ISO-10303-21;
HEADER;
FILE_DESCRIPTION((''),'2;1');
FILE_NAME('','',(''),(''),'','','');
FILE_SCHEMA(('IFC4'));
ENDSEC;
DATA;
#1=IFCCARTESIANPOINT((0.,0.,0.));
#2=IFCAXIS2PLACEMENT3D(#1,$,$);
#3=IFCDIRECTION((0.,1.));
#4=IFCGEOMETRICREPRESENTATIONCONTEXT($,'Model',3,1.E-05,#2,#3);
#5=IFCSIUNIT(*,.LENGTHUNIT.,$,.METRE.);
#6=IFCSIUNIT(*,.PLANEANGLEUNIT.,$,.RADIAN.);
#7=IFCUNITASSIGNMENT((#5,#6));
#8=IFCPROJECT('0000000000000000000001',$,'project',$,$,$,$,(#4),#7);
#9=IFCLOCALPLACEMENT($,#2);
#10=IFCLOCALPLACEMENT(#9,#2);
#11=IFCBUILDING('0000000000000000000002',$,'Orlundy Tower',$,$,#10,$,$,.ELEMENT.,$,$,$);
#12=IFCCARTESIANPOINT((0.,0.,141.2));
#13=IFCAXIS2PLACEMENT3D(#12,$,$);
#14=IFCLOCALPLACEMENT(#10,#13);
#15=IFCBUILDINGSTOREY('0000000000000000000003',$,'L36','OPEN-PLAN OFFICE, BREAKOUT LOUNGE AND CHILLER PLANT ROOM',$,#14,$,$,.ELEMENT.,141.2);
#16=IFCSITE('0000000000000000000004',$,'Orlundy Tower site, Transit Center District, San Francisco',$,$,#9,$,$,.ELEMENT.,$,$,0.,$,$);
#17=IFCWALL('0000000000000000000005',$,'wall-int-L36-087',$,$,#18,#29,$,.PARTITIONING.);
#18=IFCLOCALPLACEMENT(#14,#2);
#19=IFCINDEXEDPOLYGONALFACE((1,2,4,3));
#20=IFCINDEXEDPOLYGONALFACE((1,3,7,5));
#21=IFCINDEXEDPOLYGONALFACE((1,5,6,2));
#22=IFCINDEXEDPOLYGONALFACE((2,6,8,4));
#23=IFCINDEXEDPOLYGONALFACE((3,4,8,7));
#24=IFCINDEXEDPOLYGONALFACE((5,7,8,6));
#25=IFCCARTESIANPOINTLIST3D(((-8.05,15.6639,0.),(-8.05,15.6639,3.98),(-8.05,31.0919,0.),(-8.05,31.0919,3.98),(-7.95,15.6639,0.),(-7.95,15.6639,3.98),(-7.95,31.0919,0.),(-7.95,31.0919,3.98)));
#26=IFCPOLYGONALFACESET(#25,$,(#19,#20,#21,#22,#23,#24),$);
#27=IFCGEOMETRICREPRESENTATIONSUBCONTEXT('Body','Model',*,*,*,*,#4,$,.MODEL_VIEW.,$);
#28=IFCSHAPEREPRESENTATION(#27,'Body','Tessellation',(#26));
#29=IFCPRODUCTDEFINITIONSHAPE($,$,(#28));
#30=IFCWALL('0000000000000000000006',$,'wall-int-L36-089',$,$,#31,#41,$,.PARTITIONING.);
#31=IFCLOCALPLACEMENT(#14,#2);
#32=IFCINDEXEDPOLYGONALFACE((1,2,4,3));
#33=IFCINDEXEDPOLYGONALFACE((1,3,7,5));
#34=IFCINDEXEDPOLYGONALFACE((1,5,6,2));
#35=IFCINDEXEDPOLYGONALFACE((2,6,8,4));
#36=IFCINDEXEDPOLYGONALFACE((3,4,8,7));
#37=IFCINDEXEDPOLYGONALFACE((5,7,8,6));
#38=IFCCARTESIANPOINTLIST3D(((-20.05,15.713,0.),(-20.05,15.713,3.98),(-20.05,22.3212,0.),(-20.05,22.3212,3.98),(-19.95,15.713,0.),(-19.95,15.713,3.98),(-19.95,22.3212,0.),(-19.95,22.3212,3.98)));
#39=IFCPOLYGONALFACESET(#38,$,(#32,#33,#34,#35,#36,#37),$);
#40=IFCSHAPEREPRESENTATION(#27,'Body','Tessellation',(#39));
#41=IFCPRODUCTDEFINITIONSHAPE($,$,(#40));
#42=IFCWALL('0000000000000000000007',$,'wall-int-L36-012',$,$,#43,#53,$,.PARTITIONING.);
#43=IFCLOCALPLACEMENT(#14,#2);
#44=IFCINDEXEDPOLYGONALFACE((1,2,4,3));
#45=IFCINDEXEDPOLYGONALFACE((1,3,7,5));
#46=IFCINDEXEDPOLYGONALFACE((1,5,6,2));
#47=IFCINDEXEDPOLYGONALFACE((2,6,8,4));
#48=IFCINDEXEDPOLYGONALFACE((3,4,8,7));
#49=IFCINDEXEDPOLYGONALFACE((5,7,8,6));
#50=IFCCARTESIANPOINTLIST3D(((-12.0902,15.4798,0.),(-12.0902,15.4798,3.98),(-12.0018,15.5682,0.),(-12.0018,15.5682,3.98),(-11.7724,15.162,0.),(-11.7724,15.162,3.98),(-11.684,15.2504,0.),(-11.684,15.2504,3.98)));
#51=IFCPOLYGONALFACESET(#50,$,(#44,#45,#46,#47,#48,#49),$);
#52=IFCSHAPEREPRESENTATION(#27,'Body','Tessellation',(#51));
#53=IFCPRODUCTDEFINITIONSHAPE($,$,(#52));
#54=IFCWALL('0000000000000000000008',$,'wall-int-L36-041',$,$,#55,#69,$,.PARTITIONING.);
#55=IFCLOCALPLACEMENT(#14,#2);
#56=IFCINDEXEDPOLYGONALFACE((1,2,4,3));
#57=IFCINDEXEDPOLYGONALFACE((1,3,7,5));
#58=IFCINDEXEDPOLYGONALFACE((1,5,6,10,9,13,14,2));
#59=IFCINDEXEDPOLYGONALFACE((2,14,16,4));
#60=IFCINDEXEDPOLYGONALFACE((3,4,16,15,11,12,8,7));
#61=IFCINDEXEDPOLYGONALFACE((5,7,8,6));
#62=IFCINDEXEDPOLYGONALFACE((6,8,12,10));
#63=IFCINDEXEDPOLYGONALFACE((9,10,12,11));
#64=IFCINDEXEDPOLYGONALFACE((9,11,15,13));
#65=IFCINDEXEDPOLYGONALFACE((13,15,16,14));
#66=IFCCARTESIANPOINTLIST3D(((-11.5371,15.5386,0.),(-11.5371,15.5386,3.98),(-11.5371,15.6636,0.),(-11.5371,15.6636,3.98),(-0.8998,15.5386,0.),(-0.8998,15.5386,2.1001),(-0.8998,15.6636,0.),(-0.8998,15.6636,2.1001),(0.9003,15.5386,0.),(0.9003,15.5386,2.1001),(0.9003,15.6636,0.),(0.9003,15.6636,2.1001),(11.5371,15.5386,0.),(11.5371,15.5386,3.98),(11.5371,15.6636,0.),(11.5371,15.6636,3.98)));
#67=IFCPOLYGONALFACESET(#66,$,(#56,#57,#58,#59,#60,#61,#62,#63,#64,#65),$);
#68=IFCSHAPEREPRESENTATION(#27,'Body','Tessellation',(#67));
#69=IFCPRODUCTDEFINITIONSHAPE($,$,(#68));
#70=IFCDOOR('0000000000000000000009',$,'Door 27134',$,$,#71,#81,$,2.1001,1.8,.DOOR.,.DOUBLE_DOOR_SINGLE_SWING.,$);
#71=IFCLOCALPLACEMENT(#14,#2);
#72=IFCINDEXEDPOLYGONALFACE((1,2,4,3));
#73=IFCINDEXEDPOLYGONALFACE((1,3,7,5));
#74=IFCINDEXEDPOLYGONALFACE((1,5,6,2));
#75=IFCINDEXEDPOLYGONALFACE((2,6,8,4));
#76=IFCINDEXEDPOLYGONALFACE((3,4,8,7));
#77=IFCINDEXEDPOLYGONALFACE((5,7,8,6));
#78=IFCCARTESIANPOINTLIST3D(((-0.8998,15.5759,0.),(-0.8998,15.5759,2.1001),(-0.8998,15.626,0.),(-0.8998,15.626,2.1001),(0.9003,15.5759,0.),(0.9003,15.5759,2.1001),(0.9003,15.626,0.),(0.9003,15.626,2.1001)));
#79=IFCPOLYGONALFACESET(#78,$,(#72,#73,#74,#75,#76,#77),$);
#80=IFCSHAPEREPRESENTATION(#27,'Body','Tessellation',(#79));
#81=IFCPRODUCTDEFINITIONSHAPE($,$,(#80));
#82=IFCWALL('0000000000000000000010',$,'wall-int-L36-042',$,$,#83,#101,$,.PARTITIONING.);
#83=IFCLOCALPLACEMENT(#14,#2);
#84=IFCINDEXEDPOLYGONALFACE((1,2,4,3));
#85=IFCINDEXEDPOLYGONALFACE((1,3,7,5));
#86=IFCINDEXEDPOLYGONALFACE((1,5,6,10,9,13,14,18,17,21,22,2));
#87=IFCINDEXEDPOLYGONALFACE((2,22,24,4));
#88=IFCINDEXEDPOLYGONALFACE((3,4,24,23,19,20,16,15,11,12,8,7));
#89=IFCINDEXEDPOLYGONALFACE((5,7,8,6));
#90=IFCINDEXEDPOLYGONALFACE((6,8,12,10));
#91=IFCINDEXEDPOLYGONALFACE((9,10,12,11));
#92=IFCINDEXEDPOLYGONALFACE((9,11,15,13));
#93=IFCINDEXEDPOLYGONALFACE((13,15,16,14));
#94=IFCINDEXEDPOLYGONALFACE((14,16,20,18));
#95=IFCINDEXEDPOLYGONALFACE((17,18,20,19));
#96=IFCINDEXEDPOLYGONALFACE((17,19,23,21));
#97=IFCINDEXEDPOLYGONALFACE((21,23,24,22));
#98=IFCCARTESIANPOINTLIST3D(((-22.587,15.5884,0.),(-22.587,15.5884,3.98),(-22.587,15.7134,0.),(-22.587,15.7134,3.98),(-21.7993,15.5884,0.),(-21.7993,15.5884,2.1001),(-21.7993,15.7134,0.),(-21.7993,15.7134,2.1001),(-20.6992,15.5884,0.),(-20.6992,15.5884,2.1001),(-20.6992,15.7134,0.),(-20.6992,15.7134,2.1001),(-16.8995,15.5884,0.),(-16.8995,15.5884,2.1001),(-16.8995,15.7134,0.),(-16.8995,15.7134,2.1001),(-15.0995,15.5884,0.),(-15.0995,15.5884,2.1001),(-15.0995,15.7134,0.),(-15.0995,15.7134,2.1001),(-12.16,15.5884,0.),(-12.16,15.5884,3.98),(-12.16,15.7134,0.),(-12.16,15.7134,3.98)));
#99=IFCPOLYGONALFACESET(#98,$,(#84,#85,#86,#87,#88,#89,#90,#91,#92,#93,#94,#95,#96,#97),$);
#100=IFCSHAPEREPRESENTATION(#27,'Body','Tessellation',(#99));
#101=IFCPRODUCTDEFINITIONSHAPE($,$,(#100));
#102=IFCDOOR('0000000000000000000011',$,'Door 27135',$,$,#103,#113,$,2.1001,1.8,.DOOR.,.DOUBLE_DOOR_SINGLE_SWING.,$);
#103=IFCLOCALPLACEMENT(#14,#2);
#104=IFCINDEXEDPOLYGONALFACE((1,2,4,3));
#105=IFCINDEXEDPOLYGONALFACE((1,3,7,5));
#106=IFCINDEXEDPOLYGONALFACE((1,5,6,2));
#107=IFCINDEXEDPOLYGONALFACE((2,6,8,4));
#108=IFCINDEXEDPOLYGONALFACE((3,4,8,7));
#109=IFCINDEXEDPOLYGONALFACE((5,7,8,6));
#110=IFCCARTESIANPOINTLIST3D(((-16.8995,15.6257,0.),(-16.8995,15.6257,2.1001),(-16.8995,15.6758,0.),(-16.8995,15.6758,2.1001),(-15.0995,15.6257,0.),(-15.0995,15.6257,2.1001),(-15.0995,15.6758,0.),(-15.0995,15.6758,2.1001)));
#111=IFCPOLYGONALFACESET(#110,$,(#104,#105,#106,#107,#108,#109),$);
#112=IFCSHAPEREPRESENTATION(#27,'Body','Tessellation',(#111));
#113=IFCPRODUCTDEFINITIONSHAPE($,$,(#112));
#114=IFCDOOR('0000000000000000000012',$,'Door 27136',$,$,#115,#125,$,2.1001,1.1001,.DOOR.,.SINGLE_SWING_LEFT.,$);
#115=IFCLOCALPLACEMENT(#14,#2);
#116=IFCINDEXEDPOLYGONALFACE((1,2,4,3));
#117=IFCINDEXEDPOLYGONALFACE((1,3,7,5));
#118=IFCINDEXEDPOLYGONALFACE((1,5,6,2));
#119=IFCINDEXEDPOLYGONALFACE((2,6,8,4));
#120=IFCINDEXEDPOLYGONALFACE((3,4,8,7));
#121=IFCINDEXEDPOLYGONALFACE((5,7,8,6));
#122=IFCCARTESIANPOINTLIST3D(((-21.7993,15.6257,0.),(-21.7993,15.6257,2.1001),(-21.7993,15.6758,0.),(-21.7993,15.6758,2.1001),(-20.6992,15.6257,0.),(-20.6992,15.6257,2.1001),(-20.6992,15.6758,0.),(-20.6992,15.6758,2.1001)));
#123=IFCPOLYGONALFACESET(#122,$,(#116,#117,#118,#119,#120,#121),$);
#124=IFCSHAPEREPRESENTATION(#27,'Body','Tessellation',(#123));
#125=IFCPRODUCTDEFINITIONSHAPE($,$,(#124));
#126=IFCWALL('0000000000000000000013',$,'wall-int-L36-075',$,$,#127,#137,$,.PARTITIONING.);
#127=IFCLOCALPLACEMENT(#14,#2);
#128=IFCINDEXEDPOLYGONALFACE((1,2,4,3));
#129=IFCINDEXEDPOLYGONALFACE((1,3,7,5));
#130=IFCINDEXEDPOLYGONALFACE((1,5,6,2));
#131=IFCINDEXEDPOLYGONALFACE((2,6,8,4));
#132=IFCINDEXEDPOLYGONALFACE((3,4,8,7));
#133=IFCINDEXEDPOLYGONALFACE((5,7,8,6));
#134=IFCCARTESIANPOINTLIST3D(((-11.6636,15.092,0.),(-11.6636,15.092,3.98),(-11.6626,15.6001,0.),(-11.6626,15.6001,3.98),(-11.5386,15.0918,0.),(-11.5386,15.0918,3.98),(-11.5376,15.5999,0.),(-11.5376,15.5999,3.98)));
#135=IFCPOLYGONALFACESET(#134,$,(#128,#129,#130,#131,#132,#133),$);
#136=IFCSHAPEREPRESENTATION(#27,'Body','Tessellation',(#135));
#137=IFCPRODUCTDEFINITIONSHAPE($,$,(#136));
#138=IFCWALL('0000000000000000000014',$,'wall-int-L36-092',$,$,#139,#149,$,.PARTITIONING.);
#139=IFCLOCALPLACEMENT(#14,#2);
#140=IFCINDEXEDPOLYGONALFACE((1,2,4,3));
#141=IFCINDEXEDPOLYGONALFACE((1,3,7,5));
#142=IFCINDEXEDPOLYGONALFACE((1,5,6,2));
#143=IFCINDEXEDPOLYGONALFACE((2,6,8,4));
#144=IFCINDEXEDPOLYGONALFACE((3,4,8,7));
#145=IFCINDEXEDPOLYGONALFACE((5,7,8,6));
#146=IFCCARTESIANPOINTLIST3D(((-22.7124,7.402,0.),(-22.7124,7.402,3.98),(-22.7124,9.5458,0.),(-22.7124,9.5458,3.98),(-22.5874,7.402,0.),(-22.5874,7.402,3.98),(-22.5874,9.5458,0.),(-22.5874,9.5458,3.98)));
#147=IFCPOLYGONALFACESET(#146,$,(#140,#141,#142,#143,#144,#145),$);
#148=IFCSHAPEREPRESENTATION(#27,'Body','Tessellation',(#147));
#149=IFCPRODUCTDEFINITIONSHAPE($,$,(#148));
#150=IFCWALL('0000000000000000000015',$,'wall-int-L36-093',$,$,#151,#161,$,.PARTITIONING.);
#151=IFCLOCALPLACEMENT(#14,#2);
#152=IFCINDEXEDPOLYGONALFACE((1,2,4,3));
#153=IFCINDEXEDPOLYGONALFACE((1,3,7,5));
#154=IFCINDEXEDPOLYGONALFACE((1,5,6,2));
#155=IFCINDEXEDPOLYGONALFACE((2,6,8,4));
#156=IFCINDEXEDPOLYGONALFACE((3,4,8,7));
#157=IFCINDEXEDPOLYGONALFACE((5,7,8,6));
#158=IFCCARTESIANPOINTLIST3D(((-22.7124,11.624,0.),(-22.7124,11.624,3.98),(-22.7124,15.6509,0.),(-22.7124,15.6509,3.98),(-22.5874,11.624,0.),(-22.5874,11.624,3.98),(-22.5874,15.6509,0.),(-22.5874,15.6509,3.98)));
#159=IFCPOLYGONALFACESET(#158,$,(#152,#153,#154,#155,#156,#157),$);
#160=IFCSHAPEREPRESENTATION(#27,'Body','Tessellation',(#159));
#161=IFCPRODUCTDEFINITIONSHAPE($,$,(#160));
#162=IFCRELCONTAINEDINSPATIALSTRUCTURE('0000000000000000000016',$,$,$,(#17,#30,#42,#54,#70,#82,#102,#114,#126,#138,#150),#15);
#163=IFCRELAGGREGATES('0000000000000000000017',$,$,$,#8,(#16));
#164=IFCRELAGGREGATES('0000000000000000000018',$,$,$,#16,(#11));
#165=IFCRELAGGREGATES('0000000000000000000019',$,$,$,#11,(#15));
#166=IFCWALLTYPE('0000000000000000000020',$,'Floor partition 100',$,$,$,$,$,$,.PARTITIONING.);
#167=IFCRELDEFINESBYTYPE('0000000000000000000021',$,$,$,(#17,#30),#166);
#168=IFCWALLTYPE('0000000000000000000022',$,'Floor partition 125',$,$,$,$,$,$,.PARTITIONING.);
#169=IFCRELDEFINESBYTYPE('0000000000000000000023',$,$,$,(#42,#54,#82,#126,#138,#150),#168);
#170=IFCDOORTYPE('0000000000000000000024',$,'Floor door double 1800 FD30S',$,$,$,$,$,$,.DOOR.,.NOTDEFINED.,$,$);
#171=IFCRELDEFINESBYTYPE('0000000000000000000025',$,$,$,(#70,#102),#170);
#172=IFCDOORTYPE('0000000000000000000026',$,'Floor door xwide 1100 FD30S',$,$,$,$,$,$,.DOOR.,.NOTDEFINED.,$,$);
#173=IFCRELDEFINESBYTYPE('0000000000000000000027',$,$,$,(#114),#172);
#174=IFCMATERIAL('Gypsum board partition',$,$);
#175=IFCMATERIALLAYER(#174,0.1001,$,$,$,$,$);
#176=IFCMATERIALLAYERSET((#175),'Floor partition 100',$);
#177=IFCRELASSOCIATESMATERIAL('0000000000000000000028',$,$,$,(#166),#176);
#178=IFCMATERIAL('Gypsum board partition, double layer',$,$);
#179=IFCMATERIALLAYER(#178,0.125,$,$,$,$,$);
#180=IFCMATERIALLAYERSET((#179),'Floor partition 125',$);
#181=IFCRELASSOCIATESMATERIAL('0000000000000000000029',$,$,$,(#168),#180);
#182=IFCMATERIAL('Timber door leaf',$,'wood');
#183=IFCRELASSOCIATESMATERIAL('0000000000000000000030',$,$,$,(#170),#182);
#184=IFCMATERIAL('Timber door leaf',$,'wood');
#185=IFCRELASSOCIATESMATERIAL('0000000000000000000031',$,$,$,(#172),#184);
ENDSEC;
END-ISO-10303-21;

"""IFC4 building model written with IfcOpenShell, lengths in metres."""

from ifc_helpers import new_model, si_unit, direction, frame, frame_2d, origin, place, context, subcontext, project, spatial, rectangle, extrude, material, layer, layer_set, type_object, element, fill, save


model = new_model("IFC4")

# Units and contexts
model_context = context("Model", 3, precision=1e-05, world=origin(), true_north=direction((0.0, 1.0)))
body_context = subcontext(model_context, "Body", "Model", "MODEL_VIEW")
ifc_project = project(units=[si_unit("LENGTHUNIT", "METRE"), si_unit("PLANEANGLEUNIT", "RADIAN")], contexts=[model_context])

# Site, building, storey
site_placement = place(None, origin())
site = spatial("IfcSite", under=ifc_project, at=site_placement, Name="Orlundy Tower site, Transit Center District, San Francisco", CompositionType="ELEMENT", RefElevation=0.0)
building_placement = place(site_placement, origin())
building = spatial("IfcBuilding", under=site, at=building_placement, Name="Orlundy Tower", CompositionType="ELEMENT")
storey_placement = place(building_placement, frame((0.0, 0.0, 141.2)))
storey = spatial("IfcBuildingStorey", under=building, at=storey_placement, Name="L36", Description="OPEN-PLAN OFFICE, BREAKOUT LOUNGE AND CHILLER PLANT ROOM", CompositionType="ELEMENT", Elevation=141.2)

# Walls
ifc_material_1 = material(Name="Gypsum board partition")
ifc_layer_1 = layer(ifc_material_1, 0.1001)
ifc_layer_set_1 = layer_set([ifc_layer_1], Name="Floor partition 100")
wall_type_1 = type_object("IfcWallType", Name="Floor partition 100", PredefinedType="PARTITIONING", material=ifc_layer_set_1)
wall_1_placement = place(storey_placement, frame((-8.0, 15.6641, 0.0), z_axis=(0.0, 0.0, 1.0), x_axis=(0.0, 1.0, 0.0)))
element("IfcWall", 1, at=wall_1_placement, inside=storey, type_object=wall_type_1, Name="wall-int-L36-087", PredefinedType="PARTITIONING", context=body_context, shape_type="SweptSolid", body=[
    extrude(rectangle(XDim=15.428, YDim=0.1001, at=frame_2d((7.7139, 0.0))), origin(), (0.0, 0.0, 1.0), 3.98),
])
wall_2_placement = place(storey_placement, frame((-20.0, 15.7129, 0.0), z_axis=(0.0, 0.0, 1.0), x_axis=(0.0, 1.0, 0.0)))
element("IfcWall", 2, at=wall_2_placement, inside=storey, type_object=wall_type_1, Name="wall-int-L36-089", PredefinedType="PARTITIONING", context=body_context, shape_type="SweptSolid", body=[
    extrude(rectangle(XDim=6.6082, YDim=0.1001, at=frame_2d((3.3042, 0.0))), origin(), (0.0, 0.0, 1.0), 3.98),
])
ifc_material_2 = material(Name="Gypsum board partition, double layer")
ifc_layer_2 = layer(ifc_material_2, 0.125)
ifc_layer_set_2 = layer_set([ifc_layer_2], Name="Floor partition 125")
wall_type_2 = type_object("IfcWallType", Name="Floor partition 125", PredefinedType="PARTITIONING", material=ifc_layer_set_2)
wall_3_placement = place(storey_placement, frame((-12.0459, 15.5239, 0.0), z_axis=(0.0, 0.0, 1.0), x_axis=(0.707107, -0.707107, 0.0)))
element("IfcWall", 3, at=wall_3_placement, inside=storey, type_object=wall_type_2, Name="wall-int-L36-012", PredefinedType="PARTITIONING", context=body_context, shape_type="SweptSolid", body=[
    extrude(rectangle(XDim=0.4495, YDim=0.125, at=frame_2d((0.2246, 0.0))), origin(), (0.0, 0.0, 1.0), 3.98),
])

# Wall, opening, door
wall_4_placement = place(storey_placement, frame((-11.5371, 15.6011, 0.0), z_axis=(0.0, 0.0, 1.0), x_axis=(1.0, 0.0, 0.0)))
wall_4 = element("IfcWall", 4, at=wall_4_placement, inside=storey, type_object=wall_type_2, Name="wall-int-L36-041", PredefinedType="PARTITIONING", context=body_context, shape_type="SweptSolid", body=[
    extrude(rectangle(XDim=23.0742, YDim=0.125, at=frame_2d((11.5371, 0.0))), origin(), (0.0, 0.0, 1.0), 3.98),
])
opening_1_placement = place(wall_4_placement, frame((10.6375, 0.0, 0.0)))
opening_1 = element("IfcOpeningElement", 5, at=opening_1_placement, cuts=wall_4, PredefinedType="OPENING", context=body_context, shape_type="SweptSolid", body=[
    extrude(rectangle(XDim=1.8, YDim=2.1001, at=frame_2d((0.8999, 1.05))), frame((0.0, 0.0725, 0.0), z_axis=(0.0, -1.0, 0.0), x_axis=(1.0, 0.0, 0.0)), (0.0, 0.0, 1.0), 0.145),
])
ifc_material_3 = material(Name="Timber door leaf", Category="wood")
door_type_1 = type_object("IfcDoorType", Name="Floor door double 1800 FD30S", OperationType="NOTDEFINED", PredefinedType="DOOR", material=ifc_material_3)
door_1_placement = place(opening_1_placement, origin())
door_1 = element("IfcDoor", 6, at=door_1_placement, inside=storey, type_object=door_type_1, Name="Door 27134", OperationType="DOUBLE_DOOR_SINGLE_SWING", OverallHeight=2.1001, OverallWidth=1.8, PredefinedType="DOOR", context=body_context, shape_type="SweptSolid", body=[
    extrude(rectangle(XDim=1.8, YDim=2.1001, at=frame_2d((0.8999, 1.05))), frame((0.0, 0.0249, 0.0), z_axis=(0.0, -1.0, 0.0), x_axis=(1.0, 0.0, 0.0)), (0.0, 0.0, 1.0), 0.05),
])
fill(opening_1, door_1)

# Wall, openings, doors
wall_5_placement = place(storey_placement, frame((-22.5869, 15.6509, 0.0), z_axis=(0.0, 0.0, 1.0), x_axis=(1.0, 0.0, 0.0)))
wall_5 = element("IfcWall", 7, at=wall_5_placement, inside=storey, type_object=wall_type_2, Name="wall-int-L36-042", PredefinedType="PARTITIONING", context=body_context, shape_type="SweptSolid", body=[
    extrude(rectangle(XDim=10.427, YDim=0.125, at=frame_2d((5.2134, 0.0))), origin(), (0.0, 0.0, 1.0), 3.98),
])
opening_2_placement = place(wall_5_placement, frame((5.6875, 0.0, 0.0)))
opening_2 = element("IfcOpeningElement", 8, at=opening_2_placement, cuts=wall_5, PredefinedType="OPENING", context=body_context, shape_type="SweptSolid", body=[
    extrude(rectangle(XDim=1.8, YDim=2.1001, at=frame_2d((0.8999, 1.05))), frame((0.0, 0.0725, 0.0), z_axis=(0.0, -1.0, 0.0), x_axis=(1.0, 0.0, 0.0)), (0.0, 0.0, 1.0), 0.145),
])
opening_3_placement = place(wall_5_placement, frame((0.7876, 0.0, 0.0)))
opening_3 = element("IfcOpeningElement", 9, at=opening_3_placement, cuts=wall_5, PredefinedType="OPENING", context=body_context, shape_type="SweptSolid", body=[
    extrude(rectangle(XDim=1.1001, YDim=2.1001, at=frame_2d((0.55, 1.05))), frame((0.0, 0.0725, 0.0), z_axis=(0.0, -1.0, 0.0), x_axis=(1.0, 0.0, 0.0)), (0.0, 0.0, 1.0), 0.145),
])
door_2_placement = place(opening_2_placement, origin())
door_2 = element("IfcDoor", 10, at=door_2_placement, inside=storey, type_object=door_type_1, Name="Door 27135", OperationType="DOUBLE_DOOR_SINGLE_SWING", OverallHeight=2.1001, OverallWidth=1.8, PredefinedType="DOOR", context=body_context, shape_type="SweptSolid", body=[
    extrude(rectangle(XDim=1.8, YDim=2.1001, at=frame_2d((0.8999, 1.05))), frame((0.0, 0.0249, 0.0), z_axis=(0.0, -1.0, 0.0), x_axis=(1.0, 0.0, 0.0)), (0.0, 0.0, 1.0), 0.05),
])
fill(opening_2, door_2)
ifc_material_4 = material(Name="Timber door leaf", Category="wood")
door_type_2 = type_object("IfcDoorType", Name="Floor door xwide 1100 FD30S", OperationType="NOTDEFINED", PredefinedType="DOOR", material=ifc_material_4)
door_3_placement = place(opening_3_placement, origin())
door_3 = element("IfcDoor", 11, at=door_3_placement, inside=storey, type_object=door_type_2, Name="Door 27136", OperationType="SINGLE_SWING_LEFT", OverallHeight=2.1001, OverallWidth=1.1001, PredefinedType="DOOR", context=body_context, shape_type="SweptSolid", body=[
    extrude(rectangle(XDim=1.1001, YDim=2.1001, at=frame_2d((0.55, 1.05))), frame((0.0, 0.0249, 0.0), z_axis=(0.0, -1.0, 0.0), x_axis=(1.0, 0.0, 0.0)), (0.0, 0.0, 1.0), 0.05),
])
fill(opening_3, door_3)

# Walls
wall_6_placement = place(storey_placement, frame((-11.6011, 15.092, 0.0), z_axis=(0.0, 0.0, 1.0), x_axis=(0.001922, 0.999998, 0.0)))
element("IfcWall", 12, at=wall_6_placement, inside=storey, type_object=wall_type_2, Name="wall-int-L36-075", PredefinedType="PARTITIONING", context=body_context, shape_type="SweptSolid", body=[
    extrude(rectangle(XDim=0.5081, YDim=0.125, at=frame_2d((0.2539, 0.0))), origin(), (0.0, 0.0, 1.0), 3.98),
])
wall_7_placement = place(storey_placement, frame((-22.6499, 7.4021, 0.0), z_axis=(0.0, 0.0, 1.0), x_axis=(0.0, 1.0, 0.0)))
element("IfcWall", 13, at=wall_7_placement, inside=storey, type_object=wall_type_2, Name="wall-int-L36-092", PredefinedType="PARTITIONING", context=body_context, shape_type="SweptSolid", body=[
    extrude(rectangle(XDim=2.1438, YDim=0.125, at=frame_2d((1.0718, 0.0))), origin(), (0.0, 0.0, 1.0), 3.98),
])
wall_8_placement = place(storey_placement, frame((-22.6499, 11.624, 0.0), z_axis=(0.0, 0.0, 1.0), x_axis=(0.0, 1.0, 0.0)))
element("IfcWall", 14, at=wall_8_placement, inside=storey, type_object=wall_type_2, Name="wall-int-L36-093", PredefinedType="PARTITIONING", context=body_context, shape_type="SweptSolid", body=[
    extrude(rectangle(XDim=4.0269, YDim=0.125, at=frame_2d((2.0134, 0.0))), origin(), (0.0, 0.0, 1.0), 3.98),
])

save(model, "model.ifc")
